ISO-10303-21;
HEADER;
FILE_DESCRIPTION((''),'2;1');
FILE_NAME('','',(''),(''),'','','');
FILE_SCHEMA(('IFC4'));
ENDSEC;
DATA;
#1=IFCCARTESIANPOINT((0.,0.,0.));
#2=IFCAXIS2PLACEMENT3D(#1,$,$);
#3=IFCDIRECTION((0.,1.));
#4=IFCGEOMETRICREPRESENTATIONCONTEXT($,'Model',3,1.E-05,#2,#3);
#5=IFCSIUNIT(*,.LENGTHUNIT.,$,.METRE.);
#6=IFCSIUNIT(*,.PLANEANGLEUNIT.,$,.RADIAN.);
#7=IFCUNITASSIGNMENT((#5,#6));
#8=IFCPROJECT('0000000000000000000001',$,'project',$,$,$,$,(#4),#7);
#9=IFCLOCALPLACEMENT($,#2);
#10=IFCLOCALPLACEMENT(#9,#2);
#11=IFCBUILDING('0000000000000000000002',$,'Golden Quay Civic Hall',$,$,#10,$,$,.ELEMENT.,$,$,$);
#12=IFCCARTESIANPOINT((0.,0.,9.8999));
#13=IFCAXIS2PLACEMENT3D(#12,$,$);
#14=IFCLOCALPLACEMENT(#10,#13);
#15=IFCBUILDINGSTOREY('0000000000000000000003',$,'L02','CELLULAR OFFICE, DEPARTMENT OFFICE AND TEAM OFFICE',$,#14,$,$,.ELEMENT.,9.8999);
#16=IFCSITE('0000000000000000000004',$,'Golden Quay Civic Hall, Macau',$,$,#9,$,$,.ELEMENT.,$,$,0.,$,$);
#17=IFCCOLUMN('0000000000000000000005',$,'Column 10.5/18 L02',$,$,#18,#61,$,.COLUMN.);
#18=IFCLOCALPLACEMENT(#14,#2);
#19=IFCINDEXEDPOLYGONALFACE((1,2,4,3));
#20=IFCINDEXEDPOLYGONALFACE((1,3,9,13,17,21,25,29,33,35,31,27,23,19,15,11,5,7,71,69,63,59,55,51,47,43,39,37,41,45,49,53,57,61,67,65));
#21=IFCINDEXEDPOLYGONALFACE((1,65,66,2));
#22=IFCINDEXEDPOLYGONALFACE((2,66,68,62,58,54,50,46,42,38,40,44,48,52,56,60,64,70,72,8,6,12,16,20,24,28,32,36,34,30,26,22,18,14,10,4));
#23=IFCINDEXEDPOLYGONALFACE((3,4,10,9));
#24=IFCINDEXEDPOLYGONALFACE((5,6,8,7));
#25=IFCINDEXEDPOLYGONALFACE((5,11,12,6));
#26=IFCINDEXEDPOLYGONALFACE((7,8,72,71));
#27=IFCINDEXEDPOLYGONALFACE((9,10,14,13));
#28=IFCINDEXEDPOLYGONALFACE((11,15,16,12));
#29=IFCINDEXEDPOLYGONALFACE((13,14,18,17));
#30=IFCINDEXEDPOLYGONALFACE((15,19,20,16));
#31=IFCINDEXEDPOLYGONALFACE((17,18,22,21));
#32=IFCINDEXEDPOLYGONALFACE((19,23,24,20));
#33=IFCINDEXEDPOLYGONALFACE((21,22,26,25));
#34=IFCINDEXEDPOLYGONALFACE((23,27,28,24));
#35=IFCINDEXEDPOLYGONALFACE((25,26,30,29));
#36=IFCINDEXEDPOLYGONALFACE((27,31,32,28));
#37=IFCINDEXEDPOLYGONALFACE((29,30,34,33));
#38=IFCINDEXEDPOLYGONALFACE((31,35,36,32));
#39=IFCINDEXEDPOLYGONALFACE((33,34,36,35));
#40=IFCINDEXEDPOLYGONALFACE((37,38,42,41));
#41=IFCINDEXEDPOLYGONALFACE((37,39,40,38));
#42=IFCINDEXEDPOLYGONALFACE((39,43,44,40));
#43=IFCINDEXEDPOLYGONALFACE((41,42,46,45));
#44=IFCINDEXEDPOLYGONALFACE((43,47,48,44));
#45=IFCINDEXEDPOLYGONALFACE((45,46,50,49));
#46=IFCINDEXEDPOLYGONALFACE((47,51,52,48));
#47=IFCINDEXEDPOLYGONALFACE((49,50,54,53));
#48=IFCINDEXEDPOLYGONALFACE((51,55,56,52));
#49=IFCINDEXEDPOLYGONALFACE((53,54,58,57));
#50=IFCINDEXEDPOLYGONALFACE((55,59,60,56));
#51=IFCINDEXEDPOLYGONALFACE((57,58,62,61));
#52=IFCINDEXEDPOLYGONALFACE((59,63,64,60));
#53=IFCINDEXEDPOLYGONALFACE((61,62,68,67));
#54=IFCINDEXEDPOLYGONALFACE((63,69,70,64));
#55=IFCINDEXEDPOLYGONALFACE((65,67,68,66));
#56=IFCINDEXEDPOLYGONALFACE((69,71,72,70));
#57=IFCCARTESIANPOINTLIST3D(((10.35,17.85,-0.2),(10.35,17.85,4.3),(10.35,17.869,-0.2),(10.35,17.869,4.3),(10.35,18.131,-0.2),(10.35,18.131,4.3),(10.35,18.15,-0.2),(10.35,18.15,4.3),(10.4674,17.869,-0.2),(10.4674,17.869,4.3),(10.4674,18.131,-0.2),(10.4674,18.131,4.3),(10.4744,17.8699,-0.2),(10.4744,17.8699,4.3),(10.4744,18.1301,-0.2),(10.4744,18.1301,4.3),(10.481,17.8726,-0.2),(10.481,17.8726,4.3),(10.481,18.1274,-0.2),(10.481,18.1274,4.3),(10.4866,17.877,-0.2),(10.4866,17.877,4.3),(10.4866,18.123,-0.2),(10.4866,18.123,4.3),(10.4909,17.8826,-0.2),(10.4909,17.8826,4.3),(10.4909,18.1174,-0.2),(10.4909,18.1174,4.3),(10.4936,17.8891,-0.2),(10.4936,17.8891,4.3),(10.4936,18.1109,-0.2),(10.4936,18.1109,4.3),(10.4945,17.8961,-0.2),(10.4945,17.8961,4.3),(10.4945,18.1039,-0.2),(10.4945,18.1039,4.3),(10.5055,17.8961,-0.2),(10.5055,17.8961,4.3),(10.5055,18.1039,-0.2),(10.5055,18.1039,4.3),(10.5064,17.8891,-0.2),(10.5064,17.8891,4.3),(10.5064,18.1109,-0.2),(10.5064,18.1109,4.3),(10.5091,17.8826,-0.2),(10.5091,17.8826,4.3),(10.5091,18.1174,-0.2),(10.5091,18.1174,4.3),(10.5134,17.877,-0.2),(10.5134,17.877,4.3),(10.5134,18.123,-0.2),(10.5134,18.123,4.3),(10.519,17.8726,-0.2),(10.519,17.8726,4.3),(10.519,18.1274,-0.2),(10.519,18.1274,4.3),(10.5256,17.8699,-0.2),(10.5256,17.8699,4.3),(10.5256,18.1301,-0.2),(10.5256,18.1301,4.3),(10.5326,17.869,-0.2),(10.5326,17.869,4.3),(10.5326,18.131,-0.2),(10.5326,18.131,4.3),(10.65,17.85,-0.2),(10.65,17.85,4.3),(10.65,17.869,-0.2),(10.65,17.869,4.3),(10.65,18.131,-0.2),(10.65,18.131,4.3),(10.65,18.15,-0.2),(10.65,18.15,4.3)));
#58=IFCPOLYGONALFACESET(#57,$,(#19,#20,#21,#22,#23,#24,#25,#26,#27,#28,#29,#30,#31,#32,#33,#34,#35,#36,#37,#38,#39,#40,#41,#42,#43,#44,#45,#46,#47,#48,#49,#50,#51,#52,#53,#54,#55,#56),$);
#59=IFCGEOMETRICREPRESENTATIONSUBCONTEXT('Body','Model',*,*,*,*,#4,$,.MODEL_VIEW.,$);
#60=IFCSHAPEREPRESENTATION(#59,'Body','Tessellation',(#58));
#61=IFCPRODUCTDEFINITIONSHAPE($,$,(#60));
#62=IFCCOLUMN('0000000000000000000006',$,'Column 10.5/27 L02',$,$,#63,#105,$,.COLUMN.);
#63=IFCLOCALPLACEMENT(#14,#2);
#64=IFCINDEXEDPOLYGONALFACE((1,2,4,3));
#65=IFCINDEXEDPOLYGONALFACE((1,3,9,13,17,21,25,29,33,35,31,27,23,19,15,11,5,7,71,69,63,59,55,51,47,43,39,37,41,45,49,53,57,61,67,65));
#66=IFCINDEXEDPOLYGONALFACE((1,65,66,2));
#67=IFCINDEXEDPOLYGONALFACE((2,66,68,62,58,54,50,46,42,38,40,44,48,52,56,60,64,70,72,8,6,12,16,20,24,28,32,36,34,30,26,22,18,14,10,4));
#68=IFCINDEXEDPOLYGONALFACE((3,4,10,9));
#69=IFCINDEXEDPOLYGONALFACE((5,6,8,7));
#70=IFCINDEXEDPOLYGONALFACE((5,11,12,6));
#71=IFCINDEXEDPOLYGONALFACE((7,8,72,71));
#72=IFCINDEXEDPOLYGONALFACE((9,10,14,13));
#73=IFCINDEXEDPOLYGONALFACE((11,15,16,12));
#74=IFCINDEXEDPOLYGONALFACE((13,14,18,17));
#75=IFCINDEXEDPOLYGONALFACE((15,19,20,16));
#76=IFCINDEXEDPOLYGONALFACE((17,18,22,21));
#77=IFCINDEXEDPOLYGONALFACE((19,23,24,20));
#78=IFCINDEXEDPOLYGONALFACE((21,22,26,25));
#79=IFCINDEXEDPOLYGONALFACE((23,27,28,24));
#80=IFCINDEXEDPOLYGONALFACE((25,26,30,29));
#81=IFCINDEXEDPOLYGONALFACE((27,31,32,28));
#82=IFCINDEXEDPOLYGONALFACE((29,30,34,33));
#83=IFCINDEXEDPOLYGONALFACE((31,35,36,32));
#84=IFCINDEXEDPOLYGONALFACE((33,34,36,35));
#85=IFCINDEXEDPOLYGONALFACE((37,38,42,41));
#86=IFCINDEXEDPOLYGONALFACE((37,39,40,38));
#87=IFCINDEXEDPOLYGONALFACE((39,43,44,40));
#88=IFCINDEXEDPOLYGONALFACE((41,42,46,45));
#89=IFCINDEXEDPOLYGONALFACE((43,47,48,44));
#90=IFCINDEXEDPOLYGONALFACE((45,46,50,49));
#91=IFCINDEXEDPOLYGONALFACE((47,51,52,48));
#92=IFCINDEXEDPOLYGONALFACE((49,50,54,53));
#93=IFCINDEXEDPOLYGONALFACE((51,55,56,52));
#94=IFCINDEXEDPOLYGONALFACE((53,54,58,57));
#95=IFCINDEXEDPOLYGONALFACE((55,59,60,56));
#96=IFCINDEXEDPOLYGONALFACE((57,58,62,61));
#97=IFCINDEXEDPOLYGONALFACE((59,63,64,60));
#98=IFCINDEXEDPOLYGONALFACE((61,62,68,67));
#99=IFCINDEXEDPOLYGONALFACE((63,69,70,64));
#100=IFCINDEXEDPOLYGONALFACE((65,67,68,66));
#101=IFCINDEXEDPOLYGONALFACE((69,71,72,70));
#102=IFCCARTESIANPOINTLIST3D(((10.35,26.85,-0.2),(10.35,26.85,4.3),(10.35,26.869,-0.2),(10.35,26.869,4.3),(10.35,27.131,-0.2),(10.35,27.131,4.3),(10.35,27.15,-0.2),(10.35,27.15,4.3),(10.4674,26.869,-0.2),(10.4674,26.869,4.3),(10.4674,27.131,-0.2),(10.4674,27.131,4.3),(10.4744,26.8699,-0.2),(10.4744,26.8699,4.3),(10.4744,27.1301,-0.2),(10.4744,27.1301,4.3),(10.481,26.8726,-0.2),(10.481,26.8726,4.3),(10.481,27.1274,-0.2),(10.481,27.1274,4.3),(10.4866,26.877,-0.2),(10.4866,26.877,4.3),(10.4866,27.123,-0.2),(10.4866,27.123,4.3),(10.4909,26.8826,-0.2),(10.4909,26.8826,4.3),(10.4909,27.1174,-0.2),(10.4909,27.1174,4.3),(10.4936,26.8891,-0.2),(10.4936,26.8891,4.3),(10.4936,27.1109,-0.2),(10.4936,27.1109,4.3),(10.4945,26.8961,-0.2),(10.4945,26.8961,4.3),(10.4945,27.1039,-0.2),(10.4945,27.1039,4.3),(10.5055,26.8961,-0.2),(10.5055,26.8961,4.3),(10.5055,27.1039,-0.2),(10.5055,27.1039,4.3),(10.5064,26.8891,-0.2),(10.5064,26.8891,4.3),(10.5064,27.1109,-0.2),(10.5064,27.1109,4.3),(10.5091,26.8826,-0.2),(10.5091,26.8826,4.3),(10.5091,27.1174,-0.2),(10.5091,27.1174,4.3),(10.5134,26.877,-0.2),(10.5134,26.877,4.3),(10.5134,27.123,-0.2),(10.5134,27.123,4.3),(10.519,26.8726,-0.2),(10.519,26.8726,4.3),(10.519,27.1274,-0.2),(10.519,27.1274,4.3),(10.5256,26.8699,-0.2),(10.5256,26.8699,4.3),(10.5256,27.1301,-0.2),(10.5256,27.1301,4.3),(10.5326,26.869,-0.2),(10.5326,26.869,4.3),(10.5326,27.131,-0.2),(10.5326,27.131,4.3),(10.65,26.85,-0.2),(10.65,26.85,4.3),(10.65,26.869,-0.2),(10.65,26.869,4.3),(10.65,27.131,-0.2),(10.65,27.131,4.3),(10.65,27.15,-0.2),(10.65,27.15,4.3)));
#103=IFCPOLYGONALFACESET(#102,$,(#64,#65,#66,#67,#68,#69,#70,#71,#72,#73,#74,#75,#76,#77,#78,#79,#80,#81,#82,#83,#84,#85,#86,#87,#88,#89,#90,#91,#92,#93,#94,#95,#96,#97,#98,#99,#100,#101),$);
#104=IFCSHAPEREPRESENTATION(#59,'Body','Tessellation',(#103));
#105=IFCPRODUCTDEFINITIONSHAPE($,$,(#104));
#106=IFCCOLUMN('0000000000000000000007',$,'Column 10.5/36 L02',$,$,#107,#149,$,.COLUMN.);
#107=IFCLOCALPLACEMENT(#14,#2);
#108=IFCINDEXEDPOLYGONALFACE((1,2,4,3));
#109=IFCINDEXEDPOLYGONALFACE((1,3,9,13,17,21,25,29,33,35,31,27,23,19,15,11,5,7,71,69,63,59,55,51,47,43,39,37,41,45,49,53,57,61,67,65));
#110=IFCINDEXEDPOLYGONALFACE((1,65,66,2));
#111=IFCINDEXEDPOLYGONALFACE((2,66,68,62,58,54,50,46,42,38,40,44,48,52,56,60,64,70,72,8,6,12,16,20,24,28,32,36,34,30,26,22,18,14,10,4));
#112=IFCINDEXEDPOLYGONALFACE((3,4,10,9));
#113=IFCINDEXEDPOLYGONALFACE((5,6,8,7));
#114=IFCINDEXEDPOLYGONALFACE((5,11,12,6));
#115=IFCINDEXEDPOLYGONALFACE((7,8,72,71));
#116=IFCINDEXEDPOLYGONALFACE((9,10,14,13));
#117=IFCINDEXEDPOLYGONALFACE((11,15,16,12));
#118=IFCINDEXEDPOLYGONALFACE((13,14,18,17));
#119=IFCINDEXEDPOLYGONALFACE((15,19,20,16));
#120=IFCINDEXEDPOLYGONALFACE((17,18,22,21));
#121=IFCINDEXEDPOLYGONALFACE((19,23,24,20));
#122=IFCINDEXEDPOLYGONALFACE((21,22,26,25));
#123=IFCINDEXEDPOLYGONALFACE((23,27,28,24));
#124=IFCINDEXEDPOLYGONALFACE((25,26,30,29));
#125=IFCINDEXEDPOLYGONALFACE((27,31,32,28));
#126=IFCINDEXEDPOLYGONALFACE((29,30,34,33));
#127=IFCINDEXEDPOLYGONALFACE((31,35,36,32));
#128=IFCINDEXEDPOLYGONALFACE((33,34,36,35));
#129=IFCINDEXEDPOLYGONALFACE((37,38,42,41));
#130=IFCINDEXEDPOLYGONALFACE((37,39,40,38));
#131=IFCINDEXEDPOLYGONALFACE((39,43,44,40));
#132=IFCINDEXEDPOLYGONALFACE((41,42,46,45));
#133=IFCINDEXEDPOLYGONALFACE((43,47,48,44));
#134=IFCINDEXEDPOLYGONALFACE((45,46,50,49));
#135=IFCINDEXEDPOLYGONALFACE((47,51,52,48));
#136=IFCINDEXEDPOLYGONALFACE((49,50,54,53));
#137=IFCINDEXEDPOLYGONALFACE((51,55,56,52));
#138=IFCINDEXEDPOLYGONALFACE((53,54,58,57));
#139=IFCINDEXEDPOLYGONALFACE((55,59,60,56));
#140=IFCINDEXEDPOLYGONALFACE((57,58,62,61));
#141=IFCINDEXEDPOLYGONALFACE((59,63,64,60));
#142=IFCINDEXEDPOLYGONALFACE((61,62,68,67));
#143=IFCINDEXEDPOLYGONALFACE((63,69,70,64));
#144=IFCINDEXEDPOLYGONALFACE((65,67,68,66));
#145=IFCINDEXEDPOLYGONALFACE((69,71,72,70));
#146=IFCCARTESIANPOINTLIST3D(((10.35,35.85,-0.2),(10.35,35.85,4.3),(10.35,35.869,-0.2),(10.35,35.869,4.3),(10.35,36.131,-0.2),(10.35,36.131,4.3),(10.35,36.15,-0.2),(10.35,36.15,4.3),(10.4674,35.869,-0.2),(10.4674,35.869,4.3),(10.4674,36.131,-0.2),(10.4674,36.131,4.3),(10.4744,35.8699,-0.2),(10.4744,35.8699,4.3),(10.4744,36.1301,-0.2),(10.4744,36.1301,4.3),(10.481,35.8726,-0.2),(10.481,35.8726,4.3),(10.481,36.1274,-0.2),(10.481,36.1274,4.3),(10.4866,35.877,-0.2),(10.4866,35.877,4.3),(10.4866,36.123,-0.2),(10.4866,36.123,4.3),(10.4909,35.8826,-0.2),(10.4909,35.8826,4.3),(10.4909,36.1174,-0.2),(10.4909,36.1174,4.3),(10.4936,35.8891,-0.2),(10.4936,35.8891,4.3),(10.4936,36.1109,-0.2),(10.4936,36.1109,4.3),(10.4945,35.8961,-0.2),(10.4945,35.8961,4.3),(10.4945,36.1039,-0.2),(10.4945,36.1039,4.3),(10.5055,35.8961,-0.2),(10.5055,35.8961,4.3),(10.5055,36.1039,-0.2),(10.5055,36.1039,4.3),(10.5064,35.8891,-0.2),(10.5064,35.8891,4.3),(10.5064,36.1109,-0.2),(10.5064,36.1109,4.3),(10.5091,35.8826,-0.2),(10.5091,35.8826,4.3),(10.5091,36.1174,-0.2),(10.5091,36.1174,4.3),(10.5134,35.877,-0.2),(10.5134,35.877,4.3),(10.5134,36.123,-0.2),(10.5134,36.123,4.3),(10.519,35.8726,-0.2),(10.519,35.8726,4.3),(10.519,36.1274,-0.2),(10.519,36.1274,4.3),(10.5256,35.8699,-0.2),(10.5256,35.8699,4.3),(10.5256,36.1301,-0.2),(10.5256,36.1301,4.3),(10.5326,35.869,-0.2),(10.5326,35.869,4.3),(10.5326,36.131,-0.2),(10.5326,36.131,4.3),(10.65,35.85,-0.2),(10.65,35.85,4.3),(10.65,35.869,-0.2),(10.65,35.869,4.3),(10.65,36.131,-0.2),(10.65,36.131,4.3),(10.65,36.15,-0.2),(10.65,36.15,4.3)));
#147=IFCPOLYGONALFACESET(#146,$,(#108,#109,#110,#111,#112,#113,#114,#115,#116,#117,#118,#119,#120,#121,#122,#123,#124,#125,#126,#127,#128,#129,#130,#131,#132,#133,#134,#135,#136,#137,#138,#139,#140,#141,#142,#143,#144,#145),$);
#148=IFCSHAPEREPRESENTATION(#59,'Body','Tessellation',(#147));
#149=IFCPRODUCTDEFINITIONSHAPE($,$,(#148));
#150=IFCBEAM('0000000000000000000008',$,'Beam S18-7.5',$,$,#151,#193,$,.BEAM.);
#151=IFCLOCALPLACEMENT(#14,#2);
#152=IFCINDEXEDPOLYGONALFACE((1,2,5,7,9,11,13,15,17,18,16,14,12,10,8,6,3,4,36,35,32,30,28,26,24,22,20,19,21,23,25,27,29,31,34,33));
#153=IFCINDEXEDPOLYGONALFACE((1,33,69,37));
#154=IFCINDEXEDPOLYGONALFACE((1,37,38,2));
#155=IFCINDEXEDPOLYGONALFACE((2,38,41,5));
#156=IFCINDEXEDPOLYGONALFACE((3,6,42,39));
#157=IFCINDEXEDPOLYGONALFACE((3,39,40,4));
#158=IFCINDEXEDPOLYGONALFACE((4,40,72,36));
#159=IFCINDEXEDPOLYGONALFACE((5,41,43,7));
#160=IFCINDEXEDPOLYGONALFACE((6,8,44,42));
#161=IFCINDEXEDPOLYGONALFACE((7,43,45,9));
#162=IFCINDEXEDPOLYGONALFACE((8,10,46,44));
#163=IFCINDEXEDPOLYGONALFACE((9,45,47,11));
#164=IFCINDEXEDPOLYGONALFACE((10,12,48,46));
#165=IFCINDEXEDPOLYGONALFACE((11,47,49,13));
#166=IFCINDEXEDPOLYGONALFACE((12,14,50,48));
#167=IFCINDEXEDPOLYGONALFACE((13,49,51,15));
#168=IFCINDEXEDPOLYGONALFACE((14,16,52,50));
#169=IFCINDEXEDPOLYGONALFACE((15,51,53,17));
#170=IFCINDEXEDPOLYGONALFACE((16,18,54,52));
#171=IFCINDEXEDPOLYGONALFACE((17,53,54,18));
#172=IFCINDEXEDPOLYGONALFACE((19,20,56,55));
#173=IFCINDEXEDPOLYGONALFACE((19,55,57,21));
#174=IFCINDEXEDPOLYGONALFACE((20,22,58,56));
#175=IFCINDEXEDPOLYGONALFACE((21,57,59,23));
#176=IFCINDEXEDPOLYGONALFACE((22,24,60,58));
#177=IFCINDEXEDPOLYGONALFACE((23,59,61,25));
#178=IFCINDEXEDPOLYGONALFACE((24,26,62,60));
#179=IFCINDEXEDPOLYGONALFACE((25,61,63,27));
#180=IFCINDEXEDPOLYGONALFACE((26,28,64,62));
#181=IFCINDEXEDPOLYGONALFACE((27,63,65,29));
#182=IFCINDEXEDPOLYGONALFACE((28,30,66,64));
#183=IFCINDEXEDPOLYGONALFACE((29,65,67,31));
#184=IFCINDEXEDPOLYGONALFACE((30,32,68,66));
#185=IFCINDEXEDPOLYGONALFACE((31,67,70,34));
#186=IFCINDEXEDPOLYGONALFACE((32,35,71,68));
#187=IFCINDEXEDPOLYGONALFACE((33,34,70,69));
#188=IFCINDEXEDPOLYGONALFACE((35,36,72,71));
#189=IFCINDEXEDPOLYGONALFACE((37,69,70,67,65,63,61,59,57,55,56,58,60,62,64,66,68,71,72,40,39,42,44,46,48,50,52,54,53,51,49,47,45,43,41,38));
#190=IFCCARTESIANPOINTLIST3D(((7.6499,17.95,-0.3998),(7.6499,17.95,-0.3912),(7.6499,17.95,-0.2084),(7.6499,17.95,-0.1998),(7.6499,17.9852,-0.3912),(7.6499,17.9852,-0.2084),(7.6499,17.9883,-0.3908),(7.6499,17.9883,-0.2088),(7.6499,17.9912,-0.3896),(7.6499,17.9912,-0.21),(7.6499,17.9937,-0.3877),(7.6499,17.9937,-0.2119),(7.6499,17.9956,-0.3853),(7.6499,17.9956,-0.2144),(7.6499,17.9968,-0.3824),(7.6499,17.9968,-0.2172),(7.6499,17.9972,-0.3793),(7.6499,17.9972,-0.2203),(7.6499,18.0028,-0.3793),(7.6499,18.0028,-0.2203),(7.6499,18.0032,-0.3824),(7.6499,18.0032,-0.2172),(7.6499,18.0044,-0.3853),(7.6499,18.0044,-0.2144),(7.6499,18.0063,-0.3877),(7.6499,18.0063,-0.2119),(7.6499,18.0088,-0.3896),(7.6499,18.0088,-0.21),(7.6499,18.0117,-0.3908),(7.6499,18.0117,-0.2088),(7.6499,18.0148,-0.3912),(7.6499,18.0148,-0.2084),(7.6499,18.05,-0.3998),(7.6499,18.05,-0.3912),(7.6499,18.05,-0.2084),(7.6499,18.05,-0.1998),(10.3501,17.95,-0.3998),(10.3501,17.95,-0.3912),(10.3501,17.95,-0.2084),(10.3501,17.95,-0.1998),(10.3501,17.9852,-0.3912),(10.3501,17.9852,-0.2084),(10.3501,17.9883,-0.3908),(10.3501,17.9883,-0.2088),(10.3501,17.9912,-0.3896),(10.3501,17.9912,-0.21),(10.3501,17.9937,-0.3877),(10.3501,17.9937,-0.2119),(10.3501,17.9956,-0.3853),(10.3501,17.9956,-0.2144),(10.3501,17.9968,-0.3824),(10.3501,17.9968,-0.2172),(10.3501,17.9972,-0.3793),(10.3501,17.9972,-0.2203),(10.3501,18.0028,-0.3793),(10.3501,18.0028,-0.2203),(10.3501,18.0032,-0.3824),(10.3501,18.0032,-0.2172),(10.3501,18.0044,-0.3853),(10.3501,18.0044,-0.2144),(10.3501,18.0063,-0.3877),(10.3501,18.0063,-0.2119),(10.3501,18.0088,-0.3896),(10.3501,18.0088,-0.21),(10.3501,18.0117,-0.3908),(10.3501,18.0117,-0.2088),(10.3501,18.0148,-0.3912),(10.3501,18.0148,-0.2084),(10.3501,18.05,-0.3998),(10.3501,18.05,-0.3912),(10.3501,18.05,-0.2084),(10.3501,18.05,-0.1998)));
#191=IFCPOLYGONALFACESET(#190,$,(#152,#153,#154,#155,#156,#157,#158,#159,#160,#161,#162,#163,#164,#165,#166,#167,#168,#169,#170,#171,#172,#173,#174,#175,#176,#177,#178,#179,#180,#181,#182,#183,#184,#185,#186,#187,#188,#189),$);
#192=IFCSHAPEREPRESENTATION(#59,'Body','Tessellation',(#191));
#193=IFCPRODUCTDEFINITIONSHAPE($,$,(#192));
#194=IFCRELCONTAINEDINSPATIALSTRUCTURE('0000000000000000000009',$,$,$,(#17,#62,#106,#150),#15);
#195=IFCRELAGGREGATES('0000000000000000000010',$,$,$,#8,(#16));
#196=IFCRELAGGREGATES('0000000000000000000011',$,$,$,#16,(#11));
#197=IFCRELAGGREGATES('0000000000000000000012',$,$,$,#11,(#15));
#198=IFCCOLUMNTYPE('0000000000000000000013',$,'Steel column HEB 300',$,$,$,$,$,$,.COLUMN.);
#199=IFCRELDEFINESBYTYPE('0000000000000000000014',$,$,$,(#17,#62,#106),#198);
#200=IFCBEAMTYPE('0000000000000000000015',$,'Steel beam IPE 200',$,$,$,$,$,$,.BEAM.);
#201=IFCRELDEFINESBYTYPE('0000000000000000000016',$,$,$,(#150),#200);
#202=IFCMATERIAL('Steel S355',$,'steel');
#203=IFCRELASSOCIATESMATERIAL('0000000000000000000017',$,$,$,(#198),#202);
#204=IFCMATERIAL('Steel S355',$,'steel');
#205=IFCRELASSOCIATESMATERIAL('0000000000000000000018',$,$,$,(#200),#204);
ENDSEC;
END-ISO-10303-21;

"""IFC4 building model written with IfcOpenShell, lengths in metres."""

from ifc_helpers import new_model, si_unit, direction, frame, origin, origin_2d, place, context, subcontext, project, spatial, i_section, extrude, material, material_profile, profile_set, type_object, element, save


model = new_model("IFC4")

# Units and contexts
model_context = context("Model", 3, precision=1e-05, world=origin(), true_north=direction((0.0, 1.0)))
body_context = subcontext(model_context, "Body", "Model", "MODEL_VIEW")
ifc_project = project(units=[si_unit("LENGTHUNIT", "METRE"), si_unit("PLANEANGLEUNIT", "RADIAN")], contexts=[model_context])

# Site, building, storey
site_placement = place(None, origin())
site = spatial("IfcSite", under=ifc_project, at=site_placement, Name="Golden Quay Civic Hall, Macau", CompositionType="ELEMENT", RefElevation=0.0)
building_placement = place(site_placement, origin())
building = spatial("IfcBuilding", under=site, at=building_placement, Name="Golden Quay Civic Hall", CompositionType="ELEMENT")
storey_placement = place(building_placement, frame((0.0, 0.0, 9.8999)))
storey = spatial("IfcBuildingStorey", under=building, at=storey_placement, Name="L02", Description="CELLULAR OFFICE, DEPARTMENT OFFICE AND TEAM OFFICE", CompositionType="ELEMENT", Elevation=9.8999)

# Columns
ifc_material_1 = material(Name="Steel S355", Category="steel")
ifc_material_profile_1 = material_profile(ifc_material_1, i_section(OverallWidth=0.3, OverallDepth=0.3, WebThickness=0.011, FlangeThickness=0.019, FilletRadius=0.0271, at=origin_2d()), Name="HEB 300")
ifc_profile_set_1 = profile_set([ifc_material_profile_1], Name="Steel S355")
column_type = type_object("IfcColumnType", Name="Steel column HEB 300", PredefinedType="COLUMN", material=ifc_profile_set_1)
for number, where, z_axis, x_axis, name in (
    (1, (10.5, 18.0, -0.2), (0.0, 0.0, 1.0), (1.0, 0.0, 0.0), "Column 10.5/18 L02"),
    (2, (10.5, 27.0, -0.2), (0.0, 0.0, 1.0), (1.0, 0.0, 0.0), "Column 10.5/27 L02"),
    (3, (10.5, 36.0, -0.2), (0.0, 0.0, 1.0), (1.0, 0.0, 0.0), "Column 10.5/36 L02"),
):
    element("IfcColumn", number, at=place(storey_placement, frame(where, z_axis=z_axis, x_axis=x_axis)), inside=storey, type_object=column_type, Name=name, PredefinedType="COLUMN", context=body_context, shape_type="SweptSolid", body=[
        extrude(i_section(OverallWidth=0.3, OverallDepth=0.3, WebThickness=0.011, FlangeThickness=0.019, FilletRadius=0.0271, at=origin_2d()), origin(), (0.0, 0.0, 1.0), 4.5),
    ])

# Beam
ifc_material_2 = material(Name="Steel S355", Category="steel")
ifc_material_profile_2 = material_profile(ifc_material_2, i_section(OverallWidth=0.1001, OverallDepth=0.2, WebThickness=0.0056, FlangeThickness=0.0085, FilletRadius=0.012, at=origin_2d()), Name="IPE 200")
ifc_profile_set_2 = profile_set([ifc_material_profile_2], Name="Steel S355")
beam_type_1 = type_object("IfcBeamType", Name="Steel beam IPE 200", PredefinedType="BEAM", material=ifc_profile_set_2)
for number, where, z_axis, x_axis, name in (
    (4, (7.6499, 18.0, -0.2998), (1.0, 0.0, 0.0), (0.0, 1.0, 0.0), "Beam S18-7.5"),
):
    element("IfcBeam", number, at=place(storey_placement, frame(where, z_axis=z_axis, x_axis=x_axis)), inside=storey, type_object=beam_type_1, Name=name, PredefinedType="BEAM", context=body_context, shape_type="SweptSolid", body=[
        extrude(i_section(OverallWidth=0.1001, OverallDepth=0.2, WebThickness=0.0056, FlangeThickness=0.0085, FilletRadius=0.012, at=origin_2d()), origin(), (0.0, 0.0, 1.0), 2.7002),
    ])

save(model, "model.ifc")
